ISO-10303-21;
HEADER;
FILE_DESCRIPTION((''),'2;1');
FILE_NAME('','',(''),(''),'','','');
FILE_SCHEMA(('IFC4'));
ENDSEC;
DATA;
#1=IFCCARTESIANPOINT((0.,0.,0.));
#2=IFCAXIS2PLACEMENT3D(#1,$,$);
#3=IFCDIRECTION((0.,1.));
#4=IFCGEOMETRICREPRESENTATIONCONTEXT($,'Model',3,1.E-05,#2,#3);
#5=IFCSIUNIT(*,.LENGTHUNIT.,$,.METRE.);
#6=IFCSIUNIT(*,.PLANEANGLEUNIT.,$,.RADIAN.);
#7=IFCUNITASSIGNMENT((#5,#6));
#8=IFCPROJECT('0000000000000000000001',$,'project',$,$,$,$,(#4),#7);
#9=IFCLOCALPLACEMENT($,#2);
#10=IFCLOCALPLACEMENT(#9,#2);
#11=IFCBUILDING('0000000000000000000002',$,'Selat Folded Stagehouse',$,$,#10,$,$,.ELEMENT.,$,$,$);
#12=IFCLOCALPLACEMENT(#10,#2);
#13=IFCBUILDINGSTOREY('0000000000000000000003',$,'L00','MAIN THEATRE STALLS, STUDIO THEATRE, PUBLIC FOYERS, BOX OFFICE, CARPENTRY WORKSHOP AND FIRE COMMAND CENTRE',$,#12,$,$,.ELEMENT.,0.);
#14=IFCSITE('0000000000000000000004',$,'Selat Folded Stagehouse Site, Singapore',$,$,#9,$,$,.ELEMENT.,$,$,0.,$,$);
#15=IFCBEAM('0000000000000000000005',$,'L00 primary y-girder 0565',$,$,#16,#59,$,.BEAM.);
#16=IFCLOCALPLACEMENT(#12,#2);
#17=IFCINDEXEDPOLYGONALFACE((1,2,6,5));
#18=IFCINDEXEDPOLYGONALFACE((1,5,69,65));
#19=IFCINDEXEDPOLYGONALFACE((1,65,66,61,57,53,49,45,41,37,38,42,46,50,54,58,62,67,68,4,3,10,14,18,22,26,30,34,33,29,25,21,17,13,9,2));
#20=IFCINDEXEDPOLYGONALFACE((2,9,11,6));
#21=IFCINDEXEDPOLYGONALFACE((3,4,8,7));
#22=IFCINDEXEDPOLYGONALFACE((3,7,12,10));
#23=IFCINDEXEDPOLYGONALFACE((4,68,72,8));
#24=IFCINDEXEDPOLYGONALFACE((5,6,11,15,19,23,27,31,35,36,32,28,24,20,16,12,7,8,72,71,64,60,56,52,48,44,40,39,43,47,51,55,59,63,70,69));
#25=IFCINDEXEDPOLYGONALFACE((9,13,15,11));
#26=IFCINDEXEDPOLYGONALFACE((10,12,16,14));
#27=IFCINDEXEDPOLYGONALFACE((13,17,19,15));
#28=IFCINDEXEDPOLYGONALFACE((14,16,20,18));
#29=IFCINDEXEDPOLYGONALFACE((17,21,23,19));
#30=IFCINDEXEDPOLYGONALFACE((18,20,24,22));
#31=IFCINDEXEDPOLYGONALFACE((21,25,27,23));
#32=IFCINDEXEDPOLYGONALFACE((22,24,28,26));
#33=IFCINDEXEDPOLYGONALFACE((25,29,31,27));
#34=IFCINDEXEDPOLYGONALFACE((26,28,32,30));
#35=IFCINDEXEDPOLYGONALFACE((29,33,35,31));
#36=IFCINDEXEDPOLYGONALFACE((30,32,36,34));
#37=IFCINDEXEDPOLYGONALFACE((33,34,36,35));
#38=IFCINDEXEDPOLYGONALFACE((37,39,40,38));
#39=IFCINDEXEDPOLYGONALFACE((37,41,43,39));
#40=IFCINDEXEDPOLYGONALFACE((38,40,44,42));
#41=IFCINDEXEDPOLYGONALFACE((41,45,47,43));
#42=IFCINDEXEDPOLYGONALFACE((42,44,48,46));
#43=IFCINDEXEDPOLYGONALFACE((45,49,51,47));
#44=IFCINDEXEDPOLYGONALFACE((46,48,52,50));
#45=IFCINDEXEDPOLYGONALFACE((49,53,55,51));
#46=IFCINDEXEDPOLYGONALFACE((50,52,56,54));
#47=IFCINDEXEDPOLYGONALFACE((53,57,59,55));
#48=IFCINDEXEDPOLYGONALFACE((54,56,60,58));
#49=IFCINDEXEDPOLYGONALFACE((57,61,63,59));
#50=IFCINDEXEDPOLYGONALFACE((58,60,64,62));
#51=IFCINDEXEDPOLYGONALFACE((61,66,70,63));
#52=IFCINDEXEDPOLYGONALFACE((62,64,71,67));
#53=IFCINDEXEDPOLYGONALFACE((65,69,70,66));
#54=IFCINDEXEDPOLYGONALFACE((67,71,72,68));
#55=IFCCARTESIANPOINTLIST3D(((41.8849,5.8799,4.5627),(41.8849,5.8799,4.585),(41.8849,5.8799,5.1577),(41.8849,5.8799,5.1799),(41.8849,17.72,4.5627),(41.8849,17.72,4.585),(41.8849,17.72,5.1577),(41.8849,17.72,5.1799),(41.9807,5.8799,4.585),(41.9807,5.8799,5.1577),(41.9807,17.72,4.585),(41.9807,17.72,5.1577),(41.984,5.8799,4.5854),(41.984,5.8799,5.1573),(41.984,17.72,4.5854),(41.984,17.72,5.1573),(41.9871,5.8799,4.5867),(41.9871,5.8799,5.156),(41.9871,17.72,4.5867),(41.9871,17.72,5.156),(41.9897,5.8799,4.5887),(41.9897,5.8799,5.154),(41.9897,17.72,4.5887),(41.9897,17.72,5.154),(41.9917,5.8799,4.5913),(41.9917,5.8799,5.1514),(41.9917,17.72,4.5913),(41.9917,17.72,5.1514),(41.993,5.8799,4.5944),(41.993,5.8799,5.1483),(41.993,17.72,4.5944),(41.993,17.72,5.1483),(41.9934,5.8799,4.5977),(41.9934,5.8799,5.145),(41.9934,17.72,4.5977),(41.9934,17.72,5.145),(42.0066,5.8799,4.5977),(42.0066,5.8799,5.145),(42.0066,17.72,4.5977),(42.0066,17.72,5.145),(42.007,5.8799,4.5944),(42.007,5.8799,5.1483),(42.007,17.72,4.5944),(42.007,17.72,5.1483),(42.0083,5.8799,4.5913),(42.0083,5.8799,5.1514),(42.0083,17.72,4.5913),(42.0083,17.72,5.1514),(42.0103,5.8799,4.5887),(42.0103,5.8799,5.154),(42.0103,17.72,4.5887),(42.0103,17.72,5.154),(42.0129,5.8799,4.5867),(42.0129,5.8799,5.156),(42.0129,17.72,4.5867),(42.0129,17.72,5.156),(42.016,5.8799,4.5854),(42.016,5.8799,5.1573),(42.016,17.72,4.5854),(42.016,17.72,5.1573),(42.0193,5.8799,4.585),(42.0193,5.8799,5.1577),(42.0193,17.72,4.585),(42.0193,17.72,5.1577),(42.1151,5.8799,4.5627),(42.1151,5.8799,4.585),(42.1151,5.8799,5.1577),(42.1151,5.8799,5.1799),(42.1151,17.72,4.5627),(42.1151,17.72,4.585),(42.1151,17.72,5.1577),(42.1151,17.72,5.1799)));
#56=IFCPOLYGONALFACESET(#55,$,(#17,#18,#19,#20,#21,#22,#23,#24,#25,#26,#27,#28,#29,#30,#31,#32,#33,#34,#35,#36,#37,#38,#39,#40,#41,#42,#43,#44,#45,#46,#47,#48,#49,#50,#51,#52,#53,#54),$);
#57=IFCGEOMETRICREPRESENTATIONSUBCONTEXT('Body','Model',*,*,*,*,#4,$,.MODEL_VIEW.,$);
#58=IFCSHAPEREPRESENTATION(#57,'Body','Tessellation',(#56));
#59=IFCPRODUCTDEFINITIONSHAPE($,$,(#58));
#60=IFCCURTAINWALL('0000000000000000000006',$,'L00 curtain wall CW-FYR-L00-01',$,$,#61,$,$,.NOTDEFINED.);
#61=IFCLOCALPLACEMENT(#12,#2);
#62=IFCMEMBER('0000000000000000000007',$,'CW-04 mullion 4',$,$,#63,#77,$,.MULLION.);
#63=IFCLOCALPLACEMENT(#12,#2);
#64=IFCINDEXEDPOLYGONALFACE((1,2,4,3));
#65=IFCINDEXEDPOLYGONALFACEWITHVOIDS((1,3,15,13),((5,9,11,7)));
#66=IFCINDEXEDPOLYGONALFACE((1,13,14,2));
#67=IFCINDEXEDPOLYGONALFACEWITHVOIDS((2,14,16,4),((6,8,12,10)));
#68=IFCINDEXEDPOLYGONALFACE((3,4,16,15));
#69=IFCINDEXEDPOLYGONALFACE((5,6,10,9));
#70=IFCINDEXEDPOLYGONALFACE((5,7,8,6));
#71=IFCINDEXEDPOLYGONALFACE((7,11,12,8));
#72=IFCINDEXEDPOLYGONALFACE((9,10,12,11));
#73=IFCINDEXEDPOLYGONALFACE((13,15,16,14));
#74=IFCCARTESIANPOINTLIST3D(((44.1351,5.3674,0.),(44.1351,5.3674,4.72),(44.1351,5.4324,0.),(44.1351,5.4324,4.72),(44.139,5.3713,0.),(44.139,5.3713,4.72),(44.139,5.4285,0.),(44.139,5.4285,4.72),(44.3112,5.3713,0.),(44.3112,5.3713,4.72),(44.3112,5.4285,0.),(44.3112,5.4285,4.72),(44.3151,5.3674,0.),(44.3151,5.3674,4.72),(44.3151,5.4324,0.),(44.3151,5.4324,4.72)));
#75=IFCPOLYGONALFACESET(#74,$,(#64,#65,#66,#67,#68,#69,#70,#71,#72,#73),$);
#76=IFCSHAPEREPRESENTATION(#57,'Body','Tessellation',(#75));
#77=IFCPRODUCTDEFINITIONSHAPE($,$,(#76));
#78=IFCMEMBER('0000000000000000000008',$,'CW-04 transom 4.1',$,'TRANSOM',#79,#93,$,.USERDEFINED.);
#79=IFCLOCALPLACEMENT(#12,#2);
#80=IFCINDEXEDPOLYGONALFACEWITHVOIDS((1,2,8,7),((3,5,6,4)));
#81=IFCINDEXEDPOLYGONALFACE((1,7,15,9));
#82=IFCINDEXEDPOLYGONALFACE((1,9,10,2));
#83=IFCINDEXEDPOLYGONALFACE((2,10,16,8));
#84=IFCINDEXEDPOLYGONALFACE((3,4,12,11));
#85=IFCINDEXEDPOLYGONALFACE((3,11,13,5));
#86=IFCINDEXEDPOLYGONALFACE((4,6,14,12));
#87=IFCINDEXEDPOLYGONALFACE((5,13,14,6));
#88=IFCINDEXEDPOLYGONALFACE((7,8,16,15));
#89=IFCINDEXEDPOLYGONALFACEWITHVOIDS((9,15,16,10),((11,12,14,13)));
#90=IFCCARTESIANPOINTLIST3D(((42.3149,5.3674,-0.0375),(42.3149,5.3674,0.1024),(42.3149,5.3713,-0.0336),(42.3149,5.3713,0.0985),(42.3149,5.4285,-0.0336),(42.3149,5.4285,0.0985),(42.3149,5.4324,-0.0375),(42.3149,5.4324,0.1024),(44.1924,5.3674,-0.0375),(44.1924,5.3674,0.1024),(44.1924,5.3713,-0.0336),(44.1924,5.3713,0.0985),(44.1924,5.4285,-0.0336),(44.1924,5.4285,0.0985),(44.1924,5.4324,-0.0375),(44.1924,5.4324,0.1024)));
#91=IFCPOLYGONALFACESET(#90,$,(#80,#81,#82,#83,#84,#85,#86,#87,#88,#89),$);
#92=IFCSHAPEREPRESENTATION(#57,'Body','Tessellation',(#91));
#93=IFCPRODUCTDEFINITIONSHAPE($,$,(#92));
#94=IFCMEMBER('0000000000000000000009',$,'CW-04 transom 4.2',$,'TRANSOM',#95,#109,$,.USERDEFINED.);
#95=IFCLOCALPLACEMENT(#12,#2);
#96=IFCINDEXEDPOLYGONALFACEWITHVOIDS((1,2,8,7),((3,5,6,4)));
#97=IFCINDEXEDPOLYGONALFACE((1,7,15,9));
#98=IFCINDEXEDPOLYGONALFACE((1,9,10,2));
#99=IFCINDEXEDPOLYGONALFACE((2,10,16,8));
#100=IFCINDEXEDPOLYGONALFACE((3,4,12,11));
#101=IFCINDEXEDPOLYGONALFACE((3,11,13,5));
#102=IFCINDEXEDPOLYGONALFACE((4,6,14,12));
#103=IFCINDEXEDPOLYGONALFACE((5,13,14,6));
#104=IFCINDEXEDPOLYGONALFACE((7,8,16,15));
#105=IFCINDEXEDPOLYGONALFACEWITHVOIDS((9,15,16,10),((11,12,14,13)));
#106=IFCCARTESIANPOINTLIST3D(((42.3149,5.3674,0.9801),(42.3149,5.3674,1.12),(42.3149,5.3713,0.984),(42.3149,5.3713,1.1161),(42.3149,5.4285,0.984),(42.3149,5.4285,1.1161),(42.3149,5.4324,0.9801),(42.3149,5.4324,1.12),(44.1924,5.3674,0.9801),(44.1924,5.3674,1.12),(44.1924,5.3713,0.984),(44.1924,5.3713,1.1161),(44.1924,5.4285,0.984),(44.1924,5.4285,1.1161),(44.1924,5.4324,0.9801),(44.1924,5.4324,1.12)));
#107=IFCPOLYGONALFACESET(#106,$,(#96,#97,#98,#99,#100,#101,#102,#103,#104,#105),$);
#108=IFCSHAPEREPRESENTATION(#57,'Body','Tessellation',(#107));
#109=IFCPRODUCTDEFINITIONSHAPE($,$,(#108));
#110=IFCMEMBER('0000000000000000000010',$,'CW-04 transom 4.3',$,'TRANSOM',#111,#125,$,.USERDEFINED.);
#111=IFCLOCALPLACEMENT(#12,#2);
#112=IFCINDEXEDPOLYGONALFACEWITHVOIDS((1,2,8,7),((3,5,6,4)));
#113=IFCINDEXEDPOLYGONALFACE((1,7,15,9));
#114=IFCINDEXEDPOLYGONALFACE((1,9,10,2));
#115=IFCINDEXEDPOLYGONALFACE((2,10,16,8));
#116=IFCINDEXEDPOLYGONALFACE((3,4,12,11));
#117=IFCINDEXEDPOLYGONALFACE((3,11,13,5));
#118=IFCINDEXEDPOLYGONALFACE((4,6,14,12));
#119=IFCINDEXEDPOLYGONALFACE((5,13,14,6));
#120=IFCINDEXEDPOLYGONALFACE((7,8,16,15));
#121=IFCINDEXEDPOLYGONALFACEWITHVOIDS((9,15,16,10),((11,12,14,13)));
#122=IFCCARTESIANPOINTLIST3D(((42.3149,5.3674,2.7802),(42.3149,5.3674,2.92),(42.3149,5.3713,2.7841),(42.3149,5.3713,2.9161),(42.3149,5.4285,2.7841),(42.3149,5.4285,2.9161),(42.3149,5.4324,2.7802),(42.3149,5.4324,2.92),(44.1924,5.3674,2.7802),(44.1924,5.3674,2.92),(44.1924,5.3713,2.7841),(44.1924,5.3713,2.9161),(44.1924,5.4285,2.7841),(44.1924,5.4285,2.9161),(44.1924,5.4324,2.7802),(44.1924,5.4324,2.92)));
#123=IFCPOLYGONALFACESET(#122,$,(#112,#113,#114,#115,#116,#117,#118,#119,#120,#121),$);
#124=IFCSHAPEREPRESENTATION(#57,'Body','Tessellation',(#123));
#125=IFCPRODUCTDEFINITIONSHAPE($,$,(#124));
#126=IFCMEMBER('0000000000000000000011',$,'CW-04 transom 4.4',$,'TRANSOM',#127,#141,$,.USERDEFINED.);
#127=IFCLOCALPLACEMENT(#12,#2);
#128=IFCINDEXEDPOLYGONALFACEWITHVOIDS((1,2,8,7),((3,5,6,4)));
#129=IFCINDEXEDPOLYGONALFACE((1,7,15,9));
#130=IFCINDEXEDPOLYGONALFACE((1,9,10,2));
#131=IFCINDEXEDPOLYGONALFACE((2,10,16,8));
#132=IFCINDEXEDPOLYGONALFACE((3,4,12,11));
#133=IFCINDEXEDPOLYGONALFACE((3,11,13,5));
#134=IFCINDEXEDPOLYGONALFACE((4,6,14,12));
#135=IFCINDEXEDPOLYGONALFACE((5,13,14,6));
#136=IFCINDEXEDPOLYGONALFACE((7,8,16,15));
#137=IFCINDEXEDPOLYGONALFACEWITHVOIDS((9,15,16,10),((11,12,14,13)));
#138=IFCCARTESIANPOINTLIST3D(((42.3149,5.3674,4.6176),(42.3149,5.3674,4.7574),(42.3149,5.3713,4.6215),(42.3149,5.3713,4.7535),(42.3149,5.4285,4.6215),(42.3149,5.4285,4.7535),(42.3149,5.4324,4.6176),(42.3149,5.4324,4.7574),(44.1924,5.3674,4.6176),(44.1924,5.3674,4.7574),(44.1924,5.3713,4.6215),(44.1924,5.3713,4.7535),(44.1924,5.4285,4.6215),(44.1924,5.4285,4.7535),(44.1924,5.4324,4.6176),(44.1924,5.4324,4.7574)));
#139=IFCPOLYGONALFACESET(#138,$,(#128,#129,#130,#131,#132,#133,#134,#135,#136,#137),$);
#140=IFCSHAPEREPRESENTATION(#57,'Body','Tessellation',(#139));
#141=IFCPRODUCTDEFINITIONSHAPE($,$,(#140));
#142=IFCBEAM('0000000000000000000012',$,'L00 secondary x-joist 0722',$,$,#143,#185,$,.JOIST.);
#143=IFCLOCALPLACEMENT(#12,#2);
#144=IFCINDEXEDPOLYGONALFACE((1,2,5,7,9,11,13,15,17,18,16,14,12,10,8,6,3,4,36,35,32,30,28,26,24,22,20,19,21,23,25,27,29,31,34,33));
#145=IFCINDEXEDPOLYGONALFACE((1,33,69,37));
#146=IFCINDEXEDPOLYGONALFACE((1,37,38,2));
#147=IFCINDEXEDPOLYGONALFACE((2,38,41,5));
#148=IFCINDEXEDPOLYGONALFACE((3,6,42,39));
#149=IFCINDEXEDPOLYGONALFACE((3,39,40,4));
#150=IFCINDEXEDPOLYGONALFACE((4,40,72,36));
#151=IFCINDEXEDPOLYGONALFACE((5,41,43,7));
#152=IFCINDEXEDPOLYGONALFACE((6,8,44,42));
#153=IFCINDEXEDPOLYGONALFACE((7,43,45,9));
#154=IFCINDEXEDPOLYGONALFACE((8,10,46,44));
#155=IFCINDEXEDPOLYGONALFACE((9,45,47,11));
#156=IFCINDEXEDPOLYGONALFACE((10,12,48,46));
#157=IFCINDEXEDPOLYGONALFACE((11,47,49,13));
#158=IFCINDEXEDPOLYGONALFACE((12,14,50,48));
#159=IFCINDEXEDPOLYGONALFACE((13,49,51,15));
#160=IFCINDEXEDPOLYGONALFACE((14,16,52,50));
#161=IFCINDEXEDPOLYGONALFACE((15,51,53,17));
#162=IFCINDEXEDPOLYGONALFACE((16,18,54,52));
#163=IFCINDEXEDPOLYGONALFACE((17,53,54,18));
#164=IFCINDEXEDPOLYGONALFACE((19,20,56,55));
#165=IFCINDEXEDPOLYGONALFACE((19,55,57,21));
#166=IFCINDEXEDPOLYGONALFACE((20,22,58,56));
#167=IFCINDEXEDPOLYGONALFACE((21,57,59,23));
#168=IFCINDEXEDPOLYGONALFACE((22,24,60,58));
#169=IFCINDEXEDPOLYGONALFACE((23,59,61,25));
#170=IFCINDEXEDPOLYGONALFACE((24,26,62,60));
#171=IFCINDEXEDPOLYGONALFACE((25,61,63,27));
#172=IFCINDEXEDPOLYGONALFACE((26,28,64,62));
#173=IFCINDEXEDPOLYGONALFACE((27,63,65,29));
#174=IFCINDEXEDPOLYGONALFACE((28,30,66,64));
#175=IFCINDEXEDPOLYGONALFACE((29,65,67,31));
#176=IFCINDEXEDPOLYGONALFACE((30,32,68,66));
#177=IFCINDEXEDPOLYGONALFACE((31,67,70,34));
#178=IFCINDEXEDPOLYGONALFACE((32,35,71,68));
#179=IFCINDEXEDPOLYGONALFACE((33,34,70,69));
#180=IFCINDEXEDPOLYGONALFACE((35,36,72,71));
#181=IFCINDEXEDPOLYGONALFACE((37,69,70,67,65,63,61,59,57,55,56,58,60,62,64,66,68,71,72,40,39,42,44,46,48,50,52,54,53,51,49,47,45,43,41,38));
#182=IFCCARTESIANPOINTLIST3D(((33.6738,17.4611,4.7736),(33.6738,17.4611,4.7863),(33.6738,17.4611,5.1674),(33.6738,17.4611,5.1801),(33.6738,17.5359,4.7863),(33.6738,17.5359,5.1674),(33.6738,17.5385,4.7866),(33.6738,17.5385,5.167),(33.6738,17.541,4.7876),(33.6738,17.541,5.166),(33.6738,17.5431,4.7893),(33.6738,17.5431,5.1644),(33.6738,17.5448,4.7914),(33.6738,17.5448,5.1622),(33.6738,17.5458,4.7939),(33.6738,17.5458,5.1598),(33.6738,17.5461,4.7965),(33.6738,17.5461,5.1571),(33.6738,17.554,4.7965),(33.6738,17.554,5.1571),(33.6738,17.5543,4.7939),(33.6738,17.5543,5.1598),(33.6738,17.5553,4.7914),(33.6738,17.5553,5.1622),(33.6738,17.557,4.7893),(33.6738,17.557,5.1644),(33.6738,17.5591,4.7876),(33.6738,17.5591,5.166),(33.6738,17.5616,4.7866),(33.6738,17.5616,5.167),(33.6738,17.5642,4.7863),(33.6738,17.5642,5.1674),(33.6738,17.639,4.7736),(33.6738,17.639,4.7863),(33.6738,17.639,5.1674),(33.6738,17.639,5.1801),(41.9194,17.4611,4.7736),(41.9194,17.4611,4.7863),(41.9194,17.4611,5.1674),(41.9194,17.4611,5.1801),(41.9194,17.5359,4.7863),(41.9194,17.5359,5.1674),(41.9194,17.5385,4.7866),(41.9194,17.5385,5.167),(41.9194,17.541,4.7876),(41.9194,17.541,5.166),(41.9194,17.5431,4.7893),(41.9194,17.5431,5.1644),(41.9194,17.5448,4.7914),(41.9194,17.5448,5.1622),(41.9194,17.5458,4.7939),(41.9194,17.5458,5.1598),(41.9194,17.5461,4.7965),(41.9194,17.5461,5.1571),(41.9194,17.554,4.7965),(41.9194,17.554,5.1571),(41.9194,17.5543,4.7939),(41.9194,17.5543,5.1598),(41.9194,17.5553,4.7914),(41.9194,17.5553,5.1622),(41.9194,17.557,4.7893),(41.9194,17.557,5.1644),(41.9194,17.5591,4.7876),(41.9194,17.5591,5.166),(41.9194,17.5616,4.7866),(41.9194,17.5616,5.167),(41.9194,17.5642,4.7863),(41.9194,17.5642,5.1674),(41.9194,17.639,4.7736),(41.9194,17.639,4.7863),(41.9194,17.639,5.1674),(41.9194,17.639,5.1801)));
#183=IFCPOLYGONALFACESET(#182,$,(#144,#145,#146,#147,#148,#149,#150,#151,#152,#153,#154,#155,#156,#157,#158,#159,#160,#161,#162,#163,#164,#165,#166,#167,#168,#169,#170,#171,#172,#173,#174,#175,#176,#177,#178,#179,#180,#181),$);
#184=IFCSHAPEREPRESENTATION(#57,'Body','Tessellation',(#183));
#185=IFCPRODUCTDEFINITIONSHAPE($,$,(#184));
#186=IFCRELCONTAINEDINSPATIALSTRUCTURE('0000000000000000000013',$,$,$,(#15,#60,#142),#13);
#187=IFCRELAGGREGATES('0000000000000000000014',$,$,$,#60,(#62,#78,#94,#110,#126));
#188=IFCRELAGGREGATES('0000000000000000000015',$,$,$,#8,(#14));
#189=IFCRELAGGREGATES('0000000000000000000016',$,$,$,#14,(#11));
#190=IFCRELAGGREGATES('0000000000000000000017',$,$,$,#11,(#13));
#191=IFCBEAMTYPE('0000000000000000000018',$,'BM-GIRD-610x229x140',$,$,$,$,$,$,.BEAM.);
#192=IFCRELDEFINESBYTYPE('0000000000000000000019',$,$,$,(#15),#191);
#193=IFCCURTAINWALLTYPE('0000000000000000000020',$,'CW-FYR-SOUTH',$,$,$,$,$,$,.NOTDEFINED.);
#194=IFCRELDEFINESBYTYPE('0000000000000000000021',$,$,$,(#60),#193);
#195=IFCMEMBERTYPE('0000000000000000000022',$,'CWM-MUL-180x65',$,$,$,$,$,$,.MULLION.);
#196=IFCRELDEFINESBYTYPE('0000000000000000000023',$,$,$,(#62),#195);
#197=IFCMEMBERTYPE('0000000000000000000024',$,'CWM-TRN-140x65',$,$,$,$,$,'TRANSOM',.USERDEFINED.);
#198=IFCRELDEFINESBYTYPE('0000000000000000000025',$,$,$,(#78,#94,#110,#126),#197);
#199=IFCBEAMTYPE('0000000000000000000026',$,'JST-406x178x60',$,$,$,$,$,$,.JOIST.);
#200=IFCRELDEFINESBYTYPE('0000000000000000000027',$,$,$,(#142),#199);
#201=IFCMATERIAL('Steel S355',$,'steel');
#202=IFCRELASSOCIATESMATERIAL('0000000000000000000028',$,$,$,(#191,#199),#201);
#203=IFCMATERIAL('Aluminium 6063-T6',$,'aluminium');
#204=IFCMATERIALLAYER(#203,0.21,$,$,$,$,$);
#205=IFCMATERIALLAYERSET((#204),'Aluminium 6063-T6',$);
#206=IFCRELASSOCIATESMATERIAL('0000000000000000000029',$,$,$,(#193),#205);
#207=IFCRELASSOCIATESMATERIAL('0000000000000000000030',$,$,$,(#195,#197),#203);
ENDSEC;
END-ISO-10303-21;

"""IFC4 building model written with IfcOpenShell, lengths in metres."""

from ifc_helpers import new_model, si_unit, direction, frame, origin, origin_2d, place, context, subcontext, project, spatial, hollow_rectangle, i_section, extrude, material, layer, layer_set, material_profile, profile_set, type_object, element, aggregate, save


model = new_model("IFC4")

# Units and contexts
model_context = context("Model", 3, precision=1e-05, world=origin(), true_north=direction((0.0, 1.0)))
body_context = subcontext(model_context, "Body", "Model", "MODEL_VIEW")
ifc_project = project(units=[si_unit("LENGTHUNIT", "METRE"), si_unit("PLANEANGLEUNIT", "RADIAN")], contexts=[model_context])

# Site, building, storey
site_placement = place(None, origin())
site = spatial("IfcSite", under=ifc_project, at=site_placement, Name="Selat Folded Stagehouse Site, Singapore", CompositionType="ELEMENT", RefElevation=0.0)
building_placement = place(site_placement, origin())
building = spatial("IfcBuilding", under=site, at=building_placement, Name="Selat Folded Stagehouse", CompositionType="ELEMENT")
storey_placement = place(building_placement, origin())
storey = spatial("IfcBuildingStorey", under=building, at=storey_placement, Name="L00", Description="MAIN THEATRE STALLS, STUDIO THEATRE, PUBLIC FOYERS, BOX OFFICE, CARPENTRY WORKSHOP AND FIRE COMMAND CENTRE", CompositionType="ELEMENT", Elevation=0.0)

# Shared definitions
ifc_material_1 = material(Name="Steel S355", Category="steel")

# Beam
ifc_material_profile_1 = material_profile(ifc_material_1, i_section(OverallWidth=0.2302, OverallDepth=0.6172, WebThickness=0.0132, FlangeThickness=0.0222, FilletRadius=0.0127, at=origin_2d()), Name="UKB 610x229x140")
ifc_profile_set_1 = profile_set([ifc_material_profile_1], Name="Steel S355")
beam_type_1 = type_object("IfcBeamType", Name="BM-GIRD-610x229x140", PredefinedType="BEAM", material=ifc_profile_set_1)
beam_1_placement = place(storey_placement, frame((42.0, 5.8799, 4.8713), z_axis=(0.0, 1.0, 0.0), x_axis=(-1.0, 0.0, 0.0)))
element("IfcBeam", 1, at=beam_1_placement, inside=storey, type_object=beam_type_1, Name="L00 primary y-girder 0565", PredefinedType="BEAM", context=body_context, shape_type="SweptSolid", body=[
    extrude(i_section(OverallWidth=0.2302, OverallDepth=0.6172, WebThickness=0.0132, FlangeThickness=0.0222, FilletRadius=0.0127, at=origin_2d()), origin(), (0.0, 0.0, 1.0), 11.8401),
])

# Curtain wall, members
ifc_material_2 = material(Name="Aluminium 6063-T6", Category="aluminium")
ifc_layer_1 = layer(ifc_material_2, 0.21)
ifc_layer_set_1 = layer_set([ifc_layer_1], Name="Aluminium 6063-T6")
curtain_wall_type = type_object("IfcCurtainWallType", Name="CW-FYR-SOUTH", PredefinedType="NOTDEFINED", material=ifc_layer_set_1)
curtain_wall_placement = place(storey_placement, origin())
curtain_wall = element("IfcCurtainWall", 2, at=curtain_wall_placement, inside=storey, type_object=curtain_wall_type, Name="L00 curtain wall CW-FYR-L00-01", PredefinedType="NOTDEFINED")
ifc_material_profile_2 = material_profile(ifc_material_2, hollow_rectangle(XDim=0.0649, YDim=0.1799, WallThickness=0.0039, at=origin_2d()), Name="ALU 180x65x4.0")
ifc_profile_set_2 = profile_set([ifc_material_profile_2], Name="Aluminium 6063-T6")
member_type_1 = type_object("IfcMemberType", Name="CWM-MUL-180x65", PredefinedType="MULLION", material=ifc_profile_set_2)
member_1_placement = place(storey_placement, frame((44.2251, 5.3999, 0.0), z_axis=(0.0, 0.0, 1.0), x_axis=(0.0, -1.0, 0.0)))
member_1 = element("IfcMember", 3, at=member_1_placement, type_object=member_type_1, Name="CW-04 mullion 4", PredefinedType="MULLION", context=body_context, shape_type="SweptSolid", body=[
    extrude(hollow_rectangle(XDim=0.0649, YDim=0.1799, WallThickness=0.0039, at=origin_2d()), origin(), (0.0, 0.0, 1.0), 4.72),
])
ifc_material_profile_3 = material_profile(ifc_material_2, hollow_rectangle(XDim=0.0649, YDim=0.1399, WallThickness=0.0039, at=origin_2d()), Name="ALU 140x65x4.0")
ifc_profile_set_3 = profile_set([ifc_material_profile_3], Name="Aluminium 6063-T6")
member_type_2 = type_object("IfcMemberType", Name="CWM-TRN-140x65", ElementType="TRANSOM", PredefinedType="USERDEFINED", material=ifc_profile_set_3)
member_2_placement = place(storey_placement, frame((44.1924, 5.3999, 0.0325), z_axis=(-1.0, 0.0, 0.0), x_axis=(0.0, -1.0, 0.0)))
member_2 = element("IfcMember", 4, at=member_2_placement, type_object=member_type_2, Name="CW-04 transom 4.1", ObjectType="TRANSOM", PredefinedType="USERDEFINED", context=body_context, shape_type="SweptSolid", body=[
    extrude(hollow_rectangle(XDim=0.0649, YDim=0.1399, WallThickness=0.0039, at=origin_2d()), origin(), (0.0, 0.0, 1.0), 1.8774),
])
member_3_placement = place(storey_placement, frame((44.1924, 5.3999, 1.05), z_axis=(-1.0, 0.0, 0.0), x_axis=(0.0, -1.0, 0.0)))
member_3 = element("IfcMember", 5, at=member_3_placement, type_object=member_type_2, Name="CW-04 transom 4.2", ObjectType="TRANSOM", PredefinedType="USERDEFINED", context=body_context, shape_type="SweptSolid", body=[
    extrude(hollow_rectangle(XDim=0.0649, YDim=0.1399, WallThickness=0.0039, at=origin_2d()), origin(), (0.0, 0.0, 1.0), 1.8774),
])
member_4_placement = place(storey_placement, frame((44.1924, 5.3999, 2.8501), z_axis=(-1.0, 0.0, 0.0), x_axis=(0.0, -1.0, 0.0)))
member_4 = element("IfcMember", 6, at=member_4_placement, type_object=member_type_2, Name="CW-04 transom 4.3", ObjectType="TRANSOM", PredefinedType="USERDEFINED", context=body_context, shape_type="SweptSolid", body=[
    extrude(hollow_rectangle(XDim=0.0649, YDim=0.1399, WallThickness=0.0039, at=origin_2d()), origin(), (0.0, 0.0, 1.0), 1.8774),
])
member_5_placement = place(storey_placement, frame((44.1924, 5.3999, 4.6875), z_axis=(-1.0, 0.0, 0.0), x_axis=(0.0, -1.0, 0.0)))
member_5 = element("IfcMember", 7, at=member_5_placement, type_object=member_type_2, Name="CW-04 transom 4.4", ObjectType="TRANSOM", PredefinedType="USERDEFINED", context=body_context, shape_type="SweptSolid", body=[
    extrude(hollow_rectangle(XDim=0.0649, YDim=0.1399, WallThickness=0.0039, at=origin_2d()), origin(), (0.0, 0.0, 1.0), 1.8774),
])
aggregate(curtain_wall, [member_1, member_2, member_3, member_4, member_5])

# Beam
ifc_material_profile_4 = material_profile(ifc_material_1, i_section(OverallWidth=0.178, OverallDepth=0.4065, WebThickness=0.0078, FlangeThickness=0.0127, FilletRadius=0.0103, at=origin_2d()), Name="UKB 406x178x60")
ifc_profile_set_4 = profile_set([ifc_material_profile_4], Name="Steel S355")
beam_type_2 = type_object("IfcBeamType", Name="JST-406x178x60", PredefinedType="JOIST", material=ifc_profile_set_4)
beam_2_placement = place(storey_placement, frame((33.6738, 17.55, 4.9768), z_axis=(1.0, 0.0, 0.0), x_axis=(0.0, 1.0, 0.0)))
element("IfcBeam", 8, at=beam_2_placement, inside=storey, type_object=beam_type_2, Name="L00 secondary x-joist 0722", PredefinedType="JOIST", context=body_context, shape_type="SweptSolid", body=[
    extrude(i_section(OverallWidth=0.178, OverallDepth=0.4065, WebThickness=0.0078, FlangeThickness=0.0127, FilletRadius=0.0103, at=origin_2d()), origin(), (0.0, 0.0, 1.0), 8.2456),
])

save(model, "model.ifc")
